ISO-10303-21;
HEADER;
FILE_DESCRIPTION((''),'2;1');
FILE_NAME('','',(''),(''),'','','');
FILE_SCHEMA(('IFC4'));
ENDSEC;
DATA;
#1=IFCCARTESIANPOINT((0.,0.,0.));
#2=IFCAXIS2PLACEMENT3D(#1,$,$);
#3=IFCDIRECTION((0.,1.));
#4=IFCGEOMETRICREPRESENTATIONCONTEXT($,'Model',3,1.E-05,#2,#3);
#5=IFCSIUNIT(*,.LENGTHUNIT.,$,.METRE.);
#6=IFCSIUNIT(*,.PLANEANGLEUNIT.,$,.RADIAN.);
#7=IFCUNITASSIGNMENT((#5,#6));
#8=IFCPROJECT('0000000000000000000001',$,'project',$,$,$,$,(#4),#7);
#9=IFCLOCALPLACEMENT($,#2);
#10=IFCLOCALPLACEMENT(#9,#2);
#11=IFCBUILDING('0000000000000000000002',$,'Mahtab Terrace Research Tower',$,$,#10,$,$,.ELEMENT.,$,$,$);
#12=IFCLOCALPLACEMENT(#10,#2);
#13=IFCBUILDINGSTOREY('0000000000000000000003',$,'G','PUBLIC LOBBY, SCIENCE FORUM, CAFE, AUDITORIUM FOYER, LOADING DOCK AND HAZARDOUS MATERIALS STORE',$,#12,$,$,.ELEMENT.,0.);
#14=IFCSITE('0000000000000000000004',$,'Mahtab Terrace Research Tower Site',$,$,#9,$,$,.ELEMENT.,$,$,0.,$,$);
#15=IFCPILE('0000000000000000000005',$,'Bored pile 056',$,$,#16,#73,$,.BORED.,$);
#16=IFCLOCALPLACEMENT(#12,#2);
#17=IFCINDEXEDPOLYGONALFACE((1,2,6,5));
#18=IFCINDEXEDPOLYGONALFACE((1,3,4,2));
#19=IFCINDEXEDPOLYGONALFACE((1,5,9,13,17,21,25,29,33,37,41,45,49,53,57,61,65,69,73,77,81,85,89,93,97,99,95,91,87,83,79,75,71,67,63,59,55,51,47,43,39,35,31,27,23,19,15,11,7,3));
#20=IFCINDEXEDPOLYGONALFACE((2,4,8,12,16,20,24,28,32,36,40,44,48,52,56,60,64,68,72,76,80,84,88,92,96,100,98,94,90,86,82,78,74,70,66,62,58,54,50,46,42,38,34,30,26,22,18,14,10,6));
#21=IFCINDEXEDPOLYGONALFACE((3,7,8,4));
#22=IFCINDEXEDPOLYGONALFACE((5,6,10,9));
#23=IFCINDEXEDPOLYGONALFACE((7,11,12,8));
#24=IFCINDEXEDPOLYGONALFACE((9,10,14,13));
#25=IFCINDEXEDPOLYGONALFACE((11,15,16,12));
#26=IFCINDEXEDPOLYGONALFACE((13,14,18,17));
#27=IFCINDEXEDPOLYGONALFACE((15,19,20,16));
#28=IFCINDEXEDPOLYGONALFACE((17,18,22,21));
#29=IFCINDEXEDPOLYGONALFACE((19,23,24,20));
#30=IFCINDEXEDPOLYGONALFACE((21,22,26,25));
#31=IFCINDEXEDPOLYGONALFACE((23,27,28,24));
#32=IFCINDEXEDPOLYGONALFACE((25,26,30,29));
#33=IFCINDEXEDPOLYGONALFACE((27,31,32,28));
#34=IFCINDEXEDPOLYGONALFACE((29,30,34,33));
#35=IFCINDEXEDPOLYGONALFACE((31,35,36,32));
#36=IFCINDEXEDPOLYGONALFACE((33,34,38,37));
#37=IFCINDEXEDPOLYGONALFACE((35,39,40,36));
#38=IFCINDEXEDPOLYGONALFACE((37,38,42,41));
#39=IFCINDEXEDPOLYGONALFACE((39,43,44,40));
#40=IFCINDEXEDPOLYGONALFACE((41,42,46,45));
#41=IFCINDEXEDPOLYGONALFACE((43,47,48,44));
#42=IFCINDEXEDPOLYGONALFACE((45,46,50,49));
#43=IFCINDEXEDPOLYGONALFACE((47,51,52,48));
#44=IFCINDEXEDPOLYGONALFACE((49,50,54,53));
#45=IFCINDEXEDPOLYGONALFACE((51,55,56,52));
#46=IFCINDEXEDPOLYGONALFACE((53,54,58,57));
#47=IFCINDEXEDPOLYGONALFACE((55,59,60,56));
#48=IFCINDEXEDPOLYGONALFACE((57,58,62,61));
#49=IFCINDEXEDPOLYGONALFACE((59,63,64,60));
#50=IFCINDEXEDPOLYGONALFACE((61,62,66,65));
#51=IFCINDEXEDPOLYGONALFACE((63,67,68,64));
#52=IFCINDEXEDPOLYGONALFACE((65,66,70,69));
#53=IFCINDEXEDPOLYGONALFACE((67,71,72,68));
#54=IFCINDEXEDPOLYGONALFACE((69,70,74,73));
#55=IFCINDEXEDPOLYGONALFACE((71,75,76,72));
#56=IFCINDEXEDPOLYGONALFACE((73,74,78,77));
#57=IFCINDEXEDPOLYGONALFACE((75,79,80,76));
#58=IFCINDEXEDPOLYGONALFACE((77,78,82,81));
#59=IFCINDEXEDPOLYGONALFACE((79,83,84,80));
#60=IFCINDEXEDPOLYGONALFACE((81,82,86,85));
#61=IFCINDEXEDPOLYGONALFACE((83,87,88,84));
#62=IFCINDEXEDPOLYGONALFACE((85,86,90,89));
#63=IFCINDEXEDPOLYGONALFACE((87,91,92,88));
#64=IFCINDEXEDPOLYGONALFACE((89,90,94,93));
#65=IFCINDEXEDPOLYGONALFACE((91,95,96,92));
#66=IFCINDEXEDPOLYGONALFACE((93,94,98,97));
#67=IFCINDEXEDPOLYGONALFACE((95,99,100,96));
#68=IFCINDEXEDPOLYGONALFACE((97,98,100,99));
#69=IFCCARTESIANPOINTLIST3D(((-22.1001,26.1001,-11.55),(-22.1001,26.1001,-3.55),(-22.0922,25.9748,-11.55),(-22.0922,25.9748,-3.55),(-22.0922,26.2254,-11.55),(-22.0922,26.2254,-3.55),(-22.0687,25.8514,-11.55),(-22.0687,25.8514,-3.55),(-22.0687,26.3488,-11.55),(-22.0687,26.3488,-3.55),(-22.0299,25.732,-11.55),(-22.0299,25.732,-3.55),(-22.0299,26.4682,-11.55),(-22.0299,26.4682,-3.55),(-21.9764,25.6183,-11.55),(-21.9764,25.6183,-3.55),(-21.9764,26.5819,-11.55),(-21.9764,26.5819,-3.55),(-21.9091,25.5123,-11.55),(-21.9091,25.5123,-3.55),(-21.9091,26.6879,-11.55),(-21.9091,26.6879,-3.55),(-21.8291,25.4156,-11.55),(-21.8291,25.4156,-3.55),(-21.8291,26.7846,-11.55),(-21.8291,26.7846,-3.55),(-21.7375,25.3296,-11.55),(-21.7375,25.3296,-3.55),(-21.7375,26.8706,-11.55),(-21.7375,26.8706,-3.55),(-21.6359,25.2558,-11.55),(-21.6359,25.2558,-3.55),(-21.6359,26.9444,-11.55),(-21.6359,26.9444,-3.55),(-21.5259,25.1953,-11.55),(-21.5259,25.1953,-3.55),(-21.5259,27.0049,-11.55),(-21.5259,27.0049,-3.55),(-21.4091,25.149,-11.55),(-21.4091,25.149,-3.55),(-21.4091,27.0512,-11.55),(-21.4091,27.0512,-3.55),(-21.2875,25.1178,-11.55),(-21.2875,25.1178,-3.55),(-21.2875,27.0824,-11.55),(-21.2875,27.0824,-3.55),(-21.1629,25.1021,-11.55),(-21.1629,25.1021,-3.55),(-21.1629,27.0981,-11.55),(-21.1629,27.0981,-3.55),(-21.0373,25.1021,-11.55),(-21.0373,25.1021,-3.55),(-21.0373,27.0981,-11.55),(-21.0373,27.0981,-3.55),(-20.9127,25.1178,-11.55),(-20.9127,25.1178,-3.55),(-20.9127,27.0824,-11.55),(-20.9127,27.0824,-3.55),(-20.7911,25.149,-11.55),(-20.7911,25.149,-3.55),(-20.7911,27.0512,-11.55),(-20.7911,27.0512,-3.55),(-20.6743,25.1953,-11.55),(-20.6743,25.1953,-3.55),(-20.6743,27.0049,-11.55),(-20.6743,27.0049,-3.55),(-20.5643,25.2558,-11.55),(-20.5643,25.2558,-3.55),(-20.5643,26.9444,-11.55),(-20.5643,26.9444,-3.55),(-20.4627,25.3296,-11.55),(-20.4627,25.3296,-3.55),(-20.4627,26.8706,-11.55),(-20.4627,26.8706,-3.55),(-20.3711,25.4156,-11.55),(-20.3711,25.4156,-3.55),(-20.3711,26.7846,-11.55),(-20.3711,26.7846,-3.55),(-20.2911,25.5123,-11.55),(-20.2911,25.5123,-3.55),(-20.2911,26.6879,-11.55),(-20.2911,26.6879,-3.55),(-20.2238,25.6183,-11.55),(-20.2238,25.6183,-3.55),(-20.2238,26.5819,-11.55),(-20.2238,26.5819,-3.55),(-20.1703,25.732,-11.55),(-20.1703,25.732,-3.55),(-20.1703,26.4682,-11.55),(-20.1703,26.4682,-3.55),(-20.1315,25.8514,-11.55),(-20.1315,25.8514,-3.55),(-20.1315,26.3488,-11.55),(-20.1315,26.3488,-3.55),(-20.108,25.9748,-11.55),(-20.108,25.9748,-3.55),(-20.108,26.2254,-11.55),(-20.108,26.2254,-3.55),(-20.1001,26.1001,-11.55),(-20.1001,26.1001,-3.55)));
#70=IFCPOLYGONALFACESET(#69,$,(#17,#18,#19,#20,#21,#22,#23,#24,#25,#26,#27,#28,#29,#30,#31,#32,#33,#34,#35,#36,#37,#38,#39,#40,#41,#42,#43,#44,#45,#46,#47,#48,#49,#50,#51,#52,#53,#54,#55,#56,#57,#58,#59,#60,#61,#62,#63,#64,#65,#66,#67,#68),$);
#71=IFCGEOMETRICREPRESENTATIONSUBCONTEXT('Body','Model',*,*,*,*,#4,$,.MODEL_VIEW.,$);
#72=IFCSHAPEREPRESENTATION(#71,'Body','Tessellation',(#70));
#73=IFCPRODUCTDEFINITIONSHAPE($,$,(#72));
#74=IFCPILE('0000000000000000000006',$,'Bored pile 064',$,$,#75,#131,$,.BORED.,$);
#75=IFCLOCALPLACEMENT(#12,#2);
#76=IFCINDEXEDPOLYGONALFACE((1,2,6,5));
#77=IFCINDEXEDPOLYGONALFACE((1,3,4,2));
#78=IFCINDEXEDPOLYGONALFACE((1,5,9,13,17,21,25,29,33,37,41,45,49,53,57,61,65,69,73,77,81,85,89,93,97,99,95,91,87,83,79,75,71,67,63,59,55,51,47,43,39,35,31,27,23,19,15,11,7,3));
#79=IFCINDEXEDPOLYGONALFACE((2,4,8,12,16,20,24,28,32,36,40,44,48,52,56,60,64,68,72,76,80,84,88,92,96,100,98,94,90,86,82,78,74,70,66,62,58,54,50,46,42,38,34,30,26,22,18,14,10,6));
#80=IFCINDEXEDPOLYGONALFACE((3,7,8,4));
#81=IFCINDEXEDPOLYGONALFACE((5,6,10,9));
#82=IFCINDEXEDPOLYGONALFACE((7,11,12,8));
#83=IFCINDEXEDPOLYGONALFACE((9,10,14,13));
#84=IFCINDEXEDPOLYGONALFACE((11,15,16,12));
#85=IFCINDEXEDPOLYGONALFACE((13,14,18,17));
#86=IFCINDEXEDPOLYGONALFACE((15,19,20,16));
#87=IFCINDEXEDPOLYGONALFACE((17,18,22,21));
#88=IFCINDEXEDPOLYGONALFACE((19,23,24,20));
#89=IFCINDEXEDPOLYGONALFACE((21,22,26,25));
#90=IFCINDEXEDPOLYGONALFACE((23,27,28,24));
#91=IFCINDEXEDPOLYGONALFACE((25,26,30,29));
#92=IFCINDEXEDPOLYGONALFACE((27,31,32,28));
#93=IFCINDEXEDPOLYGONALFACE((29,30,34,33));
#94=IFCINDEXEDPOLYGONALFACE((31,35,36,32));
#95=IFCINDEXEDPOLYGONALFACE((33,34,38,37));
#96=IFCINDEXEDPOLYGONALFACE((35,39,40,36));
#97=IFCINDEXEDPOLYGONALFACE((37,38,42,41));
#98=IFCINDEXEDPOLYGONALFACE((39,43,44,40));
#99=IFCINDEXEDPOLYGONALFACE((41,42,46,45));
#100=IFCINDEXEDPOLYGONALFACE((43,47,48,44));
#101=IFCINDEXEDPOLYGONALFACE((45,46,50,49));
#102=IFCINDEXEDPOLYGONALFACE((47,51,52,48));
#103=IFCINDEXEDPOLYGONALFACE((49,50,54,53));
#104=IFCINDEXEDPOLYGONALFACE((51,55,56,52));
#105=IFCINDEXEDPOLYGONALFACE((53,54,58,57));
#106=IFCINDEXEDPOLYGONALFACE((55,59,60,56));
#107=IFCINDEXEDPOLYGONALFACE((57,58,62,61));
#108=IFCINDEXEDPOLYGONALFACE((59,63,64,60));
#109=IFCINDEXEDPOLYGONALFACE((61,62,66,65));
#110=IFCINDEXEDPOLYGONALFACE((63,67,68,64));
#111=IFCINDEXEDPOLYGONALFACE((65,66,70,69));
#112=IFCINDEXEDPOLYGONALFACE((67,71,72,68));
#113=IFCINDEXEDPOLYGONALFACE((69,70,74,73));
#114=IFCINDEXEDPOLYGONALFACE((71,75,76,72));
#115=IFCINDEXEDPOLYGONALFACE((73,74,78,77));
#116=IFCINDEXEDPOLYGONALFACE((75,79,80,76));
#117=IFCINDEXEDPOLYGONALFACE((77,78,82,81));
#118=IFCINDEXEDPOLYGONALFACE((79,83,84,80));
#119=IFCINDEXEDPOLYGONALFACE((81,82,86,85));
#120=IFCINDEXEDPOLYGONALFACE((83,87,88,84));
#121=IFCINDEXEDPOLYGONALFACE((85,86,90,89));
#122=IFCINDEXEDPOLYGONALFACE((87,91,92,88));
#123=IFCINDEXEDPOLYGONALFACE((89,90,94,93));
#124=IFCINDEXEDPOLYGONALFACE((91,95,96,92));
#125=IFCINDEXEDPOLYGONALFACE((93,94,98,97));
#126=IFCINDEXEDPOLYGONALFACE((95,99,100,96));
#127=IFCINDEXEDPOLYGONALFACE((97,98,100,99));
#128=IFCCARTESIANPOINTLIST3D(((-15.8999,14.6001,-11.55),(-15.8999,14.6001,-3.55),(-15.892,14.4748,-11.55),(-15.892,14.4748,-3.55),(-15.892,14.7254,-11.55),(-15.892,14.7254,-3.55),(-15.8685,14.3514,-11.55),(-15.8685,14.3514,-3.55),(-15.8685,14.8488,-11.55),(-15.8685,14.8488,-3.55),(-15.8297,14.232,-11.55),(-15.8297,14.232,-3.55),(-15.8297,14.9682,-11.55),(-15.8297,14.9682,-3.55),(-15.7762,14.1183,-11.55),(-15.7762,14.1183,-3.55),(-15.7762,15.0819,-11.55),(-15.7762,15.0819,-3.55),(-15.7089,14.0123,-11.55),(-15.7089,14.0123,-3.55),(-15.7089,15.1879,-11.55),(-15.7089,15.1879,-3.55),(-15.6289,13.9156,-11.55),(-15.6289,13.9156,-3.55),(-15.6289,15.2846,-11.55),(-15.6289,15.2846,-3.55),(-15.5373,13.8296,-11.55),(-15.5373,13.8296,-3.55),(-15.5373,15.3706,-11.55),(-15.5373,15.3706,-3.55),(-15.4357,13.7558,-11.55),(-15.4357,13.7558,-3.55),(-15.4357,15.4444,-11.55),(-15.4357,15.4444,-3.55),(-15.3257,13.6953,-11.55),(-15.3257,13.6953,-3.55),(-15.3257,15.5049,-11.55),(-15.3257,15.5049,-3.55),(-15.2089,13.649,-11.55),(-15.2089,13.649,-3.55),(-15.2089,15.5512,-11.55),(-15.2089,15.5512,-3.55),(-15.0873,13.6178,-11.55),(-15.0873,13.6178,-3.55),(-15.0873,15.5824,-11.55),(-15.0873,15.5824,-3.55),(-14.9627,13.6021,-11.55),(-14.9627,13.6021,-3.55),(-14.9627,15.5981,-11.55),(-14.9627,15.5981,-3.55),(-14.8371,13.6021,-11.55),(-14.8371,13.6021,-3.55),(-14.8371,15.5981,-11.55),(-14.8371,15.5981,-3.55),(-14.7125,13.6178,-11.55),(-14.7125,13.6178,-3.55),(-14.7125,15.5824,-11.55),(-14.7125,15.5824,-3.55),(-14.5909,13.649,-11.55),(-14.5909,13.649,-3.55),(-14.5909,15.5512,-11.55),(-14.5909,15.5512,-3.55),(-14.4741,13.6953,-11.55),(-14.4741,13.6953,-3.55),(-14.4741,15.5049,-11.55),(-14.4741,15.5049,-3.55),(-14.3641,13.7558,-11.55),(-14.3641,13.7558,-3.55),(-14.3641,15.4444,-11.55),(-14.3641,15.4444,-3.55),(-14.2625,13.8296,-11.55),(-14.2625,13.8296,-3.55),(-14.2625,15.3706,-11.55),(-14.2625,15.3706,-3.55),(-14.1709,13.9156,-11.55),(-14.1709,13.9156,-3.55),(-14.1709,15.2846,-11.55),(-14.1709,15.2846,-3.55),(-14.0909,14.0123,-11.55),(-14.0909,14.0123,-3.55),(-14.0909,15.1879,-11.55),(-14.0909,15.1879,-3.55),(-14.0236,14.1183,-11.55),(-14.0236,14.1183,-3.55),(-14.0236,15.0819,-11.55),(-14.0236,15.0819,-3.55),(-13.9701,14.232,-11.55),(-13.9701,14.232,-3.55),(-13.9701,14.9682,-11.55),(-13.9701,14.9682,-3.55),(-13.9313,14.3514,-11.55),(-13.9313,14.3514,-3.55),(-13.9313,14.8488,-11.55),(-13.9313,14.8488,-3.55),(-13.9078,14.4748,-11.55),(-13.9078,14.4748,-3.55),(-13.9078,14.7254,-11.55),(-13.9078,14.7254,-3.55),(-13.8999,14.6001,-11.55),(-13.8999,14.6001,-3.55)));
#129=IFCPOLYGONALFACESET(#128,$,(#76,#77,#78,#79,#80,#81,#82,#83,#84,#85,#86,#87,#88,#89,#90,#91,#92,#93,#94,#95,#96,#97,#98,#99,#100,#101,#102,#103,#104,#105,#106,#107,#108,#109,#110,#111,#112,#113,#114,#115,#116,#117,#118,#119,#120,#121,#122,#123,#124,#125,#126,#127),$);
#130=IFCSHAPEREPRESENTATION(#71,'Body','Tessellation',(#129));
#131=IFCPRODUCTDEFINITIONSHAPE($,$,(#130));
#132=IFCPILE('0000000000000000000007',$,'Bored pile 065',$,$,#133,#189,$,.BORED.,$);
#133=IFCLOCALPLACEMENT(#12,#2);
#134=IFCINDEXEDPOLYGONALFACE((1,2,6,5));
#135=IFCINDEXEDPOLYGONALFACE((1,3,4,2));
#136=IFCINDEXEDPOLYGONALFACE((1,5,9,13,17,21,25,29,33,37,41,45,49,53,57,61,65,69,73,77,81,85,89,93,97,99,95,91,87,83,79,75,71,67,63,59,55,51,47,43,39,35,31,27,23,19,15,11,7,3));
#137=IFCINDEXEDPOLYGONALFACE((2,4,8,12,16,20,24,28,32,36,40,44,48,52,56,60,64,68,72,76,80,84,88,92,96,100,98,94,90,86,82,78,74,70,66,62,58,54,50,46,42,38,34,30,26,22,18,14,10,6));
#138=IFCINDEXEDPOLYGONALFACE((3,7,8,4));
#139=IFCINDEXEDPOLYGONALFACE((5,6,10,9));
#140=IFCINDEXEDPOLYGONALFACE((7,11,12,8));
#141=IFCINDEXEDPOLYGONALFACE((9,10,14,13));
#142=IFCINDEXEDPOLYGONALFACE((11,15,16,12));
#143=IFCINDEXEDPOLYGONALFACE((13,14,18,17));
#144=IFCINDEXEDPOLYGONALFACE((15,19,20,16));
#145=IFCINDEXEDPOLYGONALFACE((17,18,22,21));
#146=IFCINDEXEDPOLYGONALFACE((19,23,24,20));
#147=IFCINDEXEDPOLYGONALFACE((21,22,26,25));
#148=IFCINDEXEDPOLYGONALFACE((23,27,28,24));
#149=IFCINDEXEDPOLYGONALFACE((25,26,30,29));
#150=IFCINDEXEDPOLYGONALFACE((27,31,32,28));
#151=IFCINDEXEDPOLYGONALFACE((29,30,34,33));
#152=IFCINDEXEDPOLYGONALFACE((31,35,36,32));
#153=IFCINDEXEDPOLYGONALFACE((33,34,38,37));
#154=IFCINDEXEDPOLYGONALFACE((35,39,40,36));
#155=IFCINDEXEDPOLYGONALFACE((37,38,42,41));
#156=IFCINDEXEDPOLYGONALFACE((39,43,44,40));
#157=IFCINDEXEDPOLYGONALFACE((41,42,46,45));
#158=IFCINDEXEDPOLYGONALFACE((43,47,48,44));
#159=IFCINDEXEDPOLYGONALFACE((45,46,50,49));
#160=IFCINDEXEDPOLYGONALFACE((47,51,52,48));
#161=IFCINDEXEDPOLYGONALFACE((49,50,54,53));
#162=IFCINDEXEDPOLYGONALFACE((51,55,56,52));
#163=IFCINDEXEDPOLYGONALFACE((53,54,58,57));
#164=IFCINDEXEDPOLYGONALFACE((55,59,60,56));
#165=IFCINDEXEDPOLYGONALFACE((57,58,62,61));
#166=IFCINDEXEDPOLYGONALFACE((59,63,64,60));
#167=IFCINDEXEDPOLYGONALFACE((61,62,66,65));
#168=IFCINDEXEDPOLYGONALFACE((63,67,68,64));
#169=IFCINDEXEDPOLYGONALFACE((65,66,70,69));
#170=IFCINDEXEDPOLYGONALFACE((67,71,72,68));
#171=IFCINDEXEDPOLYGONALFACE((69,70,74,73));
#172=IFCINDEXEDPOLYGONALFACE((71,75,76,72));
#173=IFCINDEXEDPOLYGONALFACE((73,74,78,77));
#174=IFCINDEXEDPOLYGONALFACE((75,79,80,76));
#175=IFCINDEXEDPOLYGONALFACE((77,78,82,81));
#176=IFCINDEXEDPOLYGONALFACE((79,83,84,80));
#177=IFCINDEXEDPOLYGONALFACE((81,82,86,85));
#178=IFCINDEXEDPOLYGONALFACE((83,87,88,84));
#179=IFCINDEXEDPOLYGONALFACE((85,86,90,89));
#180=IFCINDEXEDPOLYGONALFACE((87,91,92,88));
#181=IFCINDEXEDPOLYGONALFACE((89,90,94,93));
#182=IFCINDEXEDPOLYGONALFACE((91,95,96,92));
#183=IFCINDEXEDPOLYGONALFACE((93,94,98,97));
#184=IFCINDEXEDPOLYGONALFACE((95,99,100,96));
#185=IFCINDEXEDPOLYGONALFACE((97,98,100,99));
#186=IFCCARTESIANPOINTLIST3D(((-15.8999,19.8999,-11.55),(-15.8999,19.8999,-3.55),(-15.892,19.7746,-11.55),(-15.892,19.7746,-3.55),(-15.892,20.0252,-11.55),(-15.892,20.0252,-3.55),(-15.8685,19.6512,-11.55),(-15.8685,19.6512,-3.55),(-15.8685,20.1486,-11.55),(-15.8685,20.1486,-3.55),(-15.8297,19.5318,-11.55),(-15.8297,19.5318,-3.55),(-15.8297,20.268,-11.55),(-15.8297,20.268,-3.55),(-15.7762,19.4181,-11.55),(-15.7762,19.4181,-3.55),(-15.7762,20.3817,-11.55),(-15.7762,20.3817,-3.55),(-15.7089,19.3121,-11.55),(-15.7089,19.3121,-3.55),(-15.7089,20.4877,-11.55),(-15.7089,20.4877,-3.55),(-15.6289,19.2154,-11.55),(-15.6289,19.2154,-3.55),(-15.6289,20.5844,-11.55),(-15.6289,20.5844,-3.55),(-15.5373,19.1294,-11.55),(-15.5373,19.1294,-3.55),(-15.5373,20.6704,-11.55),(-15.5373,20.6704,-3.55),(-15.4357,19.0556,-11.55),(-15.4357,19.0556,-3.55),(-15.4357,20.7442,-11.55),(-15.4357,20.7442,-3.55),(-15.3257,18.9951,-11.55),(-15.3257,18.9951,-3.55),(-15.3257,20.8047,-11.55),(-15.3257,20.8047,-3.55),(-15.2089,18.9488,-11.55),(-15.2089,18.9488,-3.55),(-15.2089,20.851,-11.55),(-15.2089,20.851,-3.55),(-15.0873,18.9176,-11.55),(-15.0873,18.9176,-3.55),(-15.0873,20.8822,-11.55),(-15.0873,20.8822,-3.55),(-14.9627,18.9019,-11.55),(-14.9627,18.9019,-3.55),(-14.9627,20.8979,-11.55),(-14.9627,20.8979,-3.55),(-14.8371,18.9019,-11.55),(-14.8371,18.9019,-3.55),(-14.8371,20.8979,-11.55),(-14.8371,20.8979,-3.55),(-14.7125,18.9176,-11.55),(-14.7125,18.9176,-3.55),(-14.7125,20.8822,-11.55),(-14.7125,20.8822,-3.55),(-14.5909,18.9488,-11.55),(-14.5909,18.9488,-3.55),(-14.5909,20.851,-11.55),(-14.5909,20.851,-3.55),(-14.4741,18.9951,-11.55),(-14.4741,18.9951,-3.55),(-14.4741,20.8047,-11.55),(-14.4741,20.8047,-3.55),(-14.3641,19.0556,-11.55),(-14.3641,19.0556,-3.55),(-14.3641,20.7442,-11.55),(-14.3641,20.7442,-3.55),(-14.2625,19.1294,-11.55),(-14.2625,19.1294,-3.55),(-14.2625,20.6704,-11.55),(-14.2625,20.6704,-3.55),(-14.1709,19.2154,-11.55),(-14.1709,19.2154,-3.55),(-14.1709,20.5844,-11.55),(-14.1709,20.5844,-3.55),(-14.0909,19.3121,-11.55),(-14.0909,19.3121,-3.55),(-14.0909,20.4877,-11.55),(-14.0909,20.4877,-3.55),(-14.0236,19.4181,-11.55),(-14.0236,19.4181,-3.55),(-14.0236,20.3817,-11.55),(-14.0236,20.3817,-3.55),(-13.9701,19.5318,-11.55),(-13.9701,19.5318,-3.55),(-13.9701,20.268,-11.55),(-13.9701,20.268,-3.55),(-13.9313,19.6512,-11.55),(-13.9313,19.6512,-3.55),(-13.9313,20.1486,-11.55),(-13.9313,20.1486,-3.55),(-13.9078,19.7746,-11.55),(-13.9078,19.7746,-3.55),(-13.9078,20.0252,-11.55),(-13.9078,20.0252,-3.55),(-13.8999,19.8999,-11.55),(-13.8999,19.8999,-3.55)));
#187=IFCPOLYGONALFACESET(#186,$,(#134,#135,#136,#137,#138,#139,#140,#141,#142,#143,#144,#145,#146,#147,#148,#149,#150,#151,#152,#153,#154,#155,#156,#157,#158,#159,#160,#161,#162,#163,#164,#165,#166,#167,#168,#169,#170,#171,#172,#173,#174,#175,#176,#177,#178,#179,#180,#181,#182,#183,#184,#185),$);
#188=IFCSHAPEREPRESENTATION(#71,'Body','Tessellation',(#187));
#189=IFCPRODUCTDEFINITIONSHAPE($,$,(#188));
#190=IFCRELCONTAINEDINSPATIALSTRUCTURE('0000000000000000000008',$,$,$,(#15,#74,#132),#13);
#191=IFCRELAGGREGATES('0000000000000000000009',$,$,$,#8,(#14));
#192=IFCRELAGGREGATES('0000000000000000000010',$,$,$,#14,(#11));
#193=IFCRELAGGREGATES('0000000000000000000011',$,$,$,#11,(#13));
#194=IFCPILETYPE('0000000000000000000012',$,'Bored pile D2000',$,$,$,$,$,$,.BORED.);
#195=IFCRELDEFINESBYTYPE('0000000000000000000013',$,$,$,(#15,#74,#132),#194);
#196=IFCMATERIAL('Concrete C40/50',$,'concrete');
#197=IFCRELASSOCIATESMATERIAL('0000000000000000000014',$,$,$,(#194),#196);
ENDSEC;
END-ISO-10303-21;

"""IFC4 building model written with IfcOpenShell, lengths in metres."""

from ifc_helpers import new_model, si_unit, direction, frame, origin, origin_2d, place, context, subcontext, project, spatial, circle, extrude, material, material_profile, profile_set, type_object, element, save


model = new_model("IFC4")

# Units and contexts
model_context = context("Model", 3, precision=1e-05, world=origin(), true_north=direction((0.0, 1.0)))
body_context = subcontext(model_context, "Body", "Model", "MODEL_VIEW")
ifc_project = project(units=[si_unit("LENGTHUNIT", "METRE"), si_unit("PLANEANGLEUNIT", "RADIAN")], contexts=[model_context])

# Site, building, storey
site_placement = place(None, origin())
site = spatial("IfcSite", under=ifc_project, at=site_placement, Name="Mahtab Terrace Research Tower Site", CompositionType="ELEMENT", RefElevation=0.0)
building_placement = place(site_placement, origin())
building = spatial("IfcBuilding", under=site, at=building_placement, Name="Mahtab Terrace Research Tower", CompositionType="ELEMENT")
storey_placement = place(building_placement, origin())
storey = spatial("IfcBuildingStorey", under=building, at=storey_placement, Name="G", Description="PUBLIC LOBBY, SCIENCE FORUM, CAFE, AUDITORIUM FOYER, LOADING DOCK AND HAZARDOUS MATERIALS STORE", CompositionType="ELEMENT", Elevation=0.0)

# Piles
ifc_material_1 = material(Name="Concrete C40/50", Category="concrete")
ifc_material_profile_1 = material_profile(ifc_material_1, circle(Radius=1.0, at=origin_2d()), Name="Bored pile D2000")
ifc_profile_set_1 = profile_set([ifc_material_profile_1], Name="Concrete C40/50")
pile_type_1 = type_object("IfcPileType", Name="Bored pile D2000", PredefinedType="BORED", material=ifc_profile_set_1)
for number, where, z_axis, x_axis, name in (
    (1, (-21.1001, 26.1001, -3.55), (0.0, 0.0, -1.0), (1.0, 0.0, 0.0), "Bored pile 056"),
    (2, (-14.8999, 14.6001, -3.55), (0.0, 0.0, -1.0), (1.0, 0.0, 0.0), "Bored pile 064"),
    (3, (-14.8999, 19.8999, -3.55), (0.0, 0.0, -1.0), (1.0, 0.0, 0.0), "Bored pile 065"),
):
    element("IfcPile", number, at=place(storey_placement, frame(where, z_axis=z_axis, x_axis=x_axis)), inside=storey, type_object=pile_type_1, Name=name, PredefinedType="BORED", context=body_context, shape_type="SweptSolid", body=[
        extrude(circle(Radius=1.0, at=origin_2d()), origin(), (0.0, 0.0, 1.0), 8.0),
    ])

save(model, "model.ifc")
